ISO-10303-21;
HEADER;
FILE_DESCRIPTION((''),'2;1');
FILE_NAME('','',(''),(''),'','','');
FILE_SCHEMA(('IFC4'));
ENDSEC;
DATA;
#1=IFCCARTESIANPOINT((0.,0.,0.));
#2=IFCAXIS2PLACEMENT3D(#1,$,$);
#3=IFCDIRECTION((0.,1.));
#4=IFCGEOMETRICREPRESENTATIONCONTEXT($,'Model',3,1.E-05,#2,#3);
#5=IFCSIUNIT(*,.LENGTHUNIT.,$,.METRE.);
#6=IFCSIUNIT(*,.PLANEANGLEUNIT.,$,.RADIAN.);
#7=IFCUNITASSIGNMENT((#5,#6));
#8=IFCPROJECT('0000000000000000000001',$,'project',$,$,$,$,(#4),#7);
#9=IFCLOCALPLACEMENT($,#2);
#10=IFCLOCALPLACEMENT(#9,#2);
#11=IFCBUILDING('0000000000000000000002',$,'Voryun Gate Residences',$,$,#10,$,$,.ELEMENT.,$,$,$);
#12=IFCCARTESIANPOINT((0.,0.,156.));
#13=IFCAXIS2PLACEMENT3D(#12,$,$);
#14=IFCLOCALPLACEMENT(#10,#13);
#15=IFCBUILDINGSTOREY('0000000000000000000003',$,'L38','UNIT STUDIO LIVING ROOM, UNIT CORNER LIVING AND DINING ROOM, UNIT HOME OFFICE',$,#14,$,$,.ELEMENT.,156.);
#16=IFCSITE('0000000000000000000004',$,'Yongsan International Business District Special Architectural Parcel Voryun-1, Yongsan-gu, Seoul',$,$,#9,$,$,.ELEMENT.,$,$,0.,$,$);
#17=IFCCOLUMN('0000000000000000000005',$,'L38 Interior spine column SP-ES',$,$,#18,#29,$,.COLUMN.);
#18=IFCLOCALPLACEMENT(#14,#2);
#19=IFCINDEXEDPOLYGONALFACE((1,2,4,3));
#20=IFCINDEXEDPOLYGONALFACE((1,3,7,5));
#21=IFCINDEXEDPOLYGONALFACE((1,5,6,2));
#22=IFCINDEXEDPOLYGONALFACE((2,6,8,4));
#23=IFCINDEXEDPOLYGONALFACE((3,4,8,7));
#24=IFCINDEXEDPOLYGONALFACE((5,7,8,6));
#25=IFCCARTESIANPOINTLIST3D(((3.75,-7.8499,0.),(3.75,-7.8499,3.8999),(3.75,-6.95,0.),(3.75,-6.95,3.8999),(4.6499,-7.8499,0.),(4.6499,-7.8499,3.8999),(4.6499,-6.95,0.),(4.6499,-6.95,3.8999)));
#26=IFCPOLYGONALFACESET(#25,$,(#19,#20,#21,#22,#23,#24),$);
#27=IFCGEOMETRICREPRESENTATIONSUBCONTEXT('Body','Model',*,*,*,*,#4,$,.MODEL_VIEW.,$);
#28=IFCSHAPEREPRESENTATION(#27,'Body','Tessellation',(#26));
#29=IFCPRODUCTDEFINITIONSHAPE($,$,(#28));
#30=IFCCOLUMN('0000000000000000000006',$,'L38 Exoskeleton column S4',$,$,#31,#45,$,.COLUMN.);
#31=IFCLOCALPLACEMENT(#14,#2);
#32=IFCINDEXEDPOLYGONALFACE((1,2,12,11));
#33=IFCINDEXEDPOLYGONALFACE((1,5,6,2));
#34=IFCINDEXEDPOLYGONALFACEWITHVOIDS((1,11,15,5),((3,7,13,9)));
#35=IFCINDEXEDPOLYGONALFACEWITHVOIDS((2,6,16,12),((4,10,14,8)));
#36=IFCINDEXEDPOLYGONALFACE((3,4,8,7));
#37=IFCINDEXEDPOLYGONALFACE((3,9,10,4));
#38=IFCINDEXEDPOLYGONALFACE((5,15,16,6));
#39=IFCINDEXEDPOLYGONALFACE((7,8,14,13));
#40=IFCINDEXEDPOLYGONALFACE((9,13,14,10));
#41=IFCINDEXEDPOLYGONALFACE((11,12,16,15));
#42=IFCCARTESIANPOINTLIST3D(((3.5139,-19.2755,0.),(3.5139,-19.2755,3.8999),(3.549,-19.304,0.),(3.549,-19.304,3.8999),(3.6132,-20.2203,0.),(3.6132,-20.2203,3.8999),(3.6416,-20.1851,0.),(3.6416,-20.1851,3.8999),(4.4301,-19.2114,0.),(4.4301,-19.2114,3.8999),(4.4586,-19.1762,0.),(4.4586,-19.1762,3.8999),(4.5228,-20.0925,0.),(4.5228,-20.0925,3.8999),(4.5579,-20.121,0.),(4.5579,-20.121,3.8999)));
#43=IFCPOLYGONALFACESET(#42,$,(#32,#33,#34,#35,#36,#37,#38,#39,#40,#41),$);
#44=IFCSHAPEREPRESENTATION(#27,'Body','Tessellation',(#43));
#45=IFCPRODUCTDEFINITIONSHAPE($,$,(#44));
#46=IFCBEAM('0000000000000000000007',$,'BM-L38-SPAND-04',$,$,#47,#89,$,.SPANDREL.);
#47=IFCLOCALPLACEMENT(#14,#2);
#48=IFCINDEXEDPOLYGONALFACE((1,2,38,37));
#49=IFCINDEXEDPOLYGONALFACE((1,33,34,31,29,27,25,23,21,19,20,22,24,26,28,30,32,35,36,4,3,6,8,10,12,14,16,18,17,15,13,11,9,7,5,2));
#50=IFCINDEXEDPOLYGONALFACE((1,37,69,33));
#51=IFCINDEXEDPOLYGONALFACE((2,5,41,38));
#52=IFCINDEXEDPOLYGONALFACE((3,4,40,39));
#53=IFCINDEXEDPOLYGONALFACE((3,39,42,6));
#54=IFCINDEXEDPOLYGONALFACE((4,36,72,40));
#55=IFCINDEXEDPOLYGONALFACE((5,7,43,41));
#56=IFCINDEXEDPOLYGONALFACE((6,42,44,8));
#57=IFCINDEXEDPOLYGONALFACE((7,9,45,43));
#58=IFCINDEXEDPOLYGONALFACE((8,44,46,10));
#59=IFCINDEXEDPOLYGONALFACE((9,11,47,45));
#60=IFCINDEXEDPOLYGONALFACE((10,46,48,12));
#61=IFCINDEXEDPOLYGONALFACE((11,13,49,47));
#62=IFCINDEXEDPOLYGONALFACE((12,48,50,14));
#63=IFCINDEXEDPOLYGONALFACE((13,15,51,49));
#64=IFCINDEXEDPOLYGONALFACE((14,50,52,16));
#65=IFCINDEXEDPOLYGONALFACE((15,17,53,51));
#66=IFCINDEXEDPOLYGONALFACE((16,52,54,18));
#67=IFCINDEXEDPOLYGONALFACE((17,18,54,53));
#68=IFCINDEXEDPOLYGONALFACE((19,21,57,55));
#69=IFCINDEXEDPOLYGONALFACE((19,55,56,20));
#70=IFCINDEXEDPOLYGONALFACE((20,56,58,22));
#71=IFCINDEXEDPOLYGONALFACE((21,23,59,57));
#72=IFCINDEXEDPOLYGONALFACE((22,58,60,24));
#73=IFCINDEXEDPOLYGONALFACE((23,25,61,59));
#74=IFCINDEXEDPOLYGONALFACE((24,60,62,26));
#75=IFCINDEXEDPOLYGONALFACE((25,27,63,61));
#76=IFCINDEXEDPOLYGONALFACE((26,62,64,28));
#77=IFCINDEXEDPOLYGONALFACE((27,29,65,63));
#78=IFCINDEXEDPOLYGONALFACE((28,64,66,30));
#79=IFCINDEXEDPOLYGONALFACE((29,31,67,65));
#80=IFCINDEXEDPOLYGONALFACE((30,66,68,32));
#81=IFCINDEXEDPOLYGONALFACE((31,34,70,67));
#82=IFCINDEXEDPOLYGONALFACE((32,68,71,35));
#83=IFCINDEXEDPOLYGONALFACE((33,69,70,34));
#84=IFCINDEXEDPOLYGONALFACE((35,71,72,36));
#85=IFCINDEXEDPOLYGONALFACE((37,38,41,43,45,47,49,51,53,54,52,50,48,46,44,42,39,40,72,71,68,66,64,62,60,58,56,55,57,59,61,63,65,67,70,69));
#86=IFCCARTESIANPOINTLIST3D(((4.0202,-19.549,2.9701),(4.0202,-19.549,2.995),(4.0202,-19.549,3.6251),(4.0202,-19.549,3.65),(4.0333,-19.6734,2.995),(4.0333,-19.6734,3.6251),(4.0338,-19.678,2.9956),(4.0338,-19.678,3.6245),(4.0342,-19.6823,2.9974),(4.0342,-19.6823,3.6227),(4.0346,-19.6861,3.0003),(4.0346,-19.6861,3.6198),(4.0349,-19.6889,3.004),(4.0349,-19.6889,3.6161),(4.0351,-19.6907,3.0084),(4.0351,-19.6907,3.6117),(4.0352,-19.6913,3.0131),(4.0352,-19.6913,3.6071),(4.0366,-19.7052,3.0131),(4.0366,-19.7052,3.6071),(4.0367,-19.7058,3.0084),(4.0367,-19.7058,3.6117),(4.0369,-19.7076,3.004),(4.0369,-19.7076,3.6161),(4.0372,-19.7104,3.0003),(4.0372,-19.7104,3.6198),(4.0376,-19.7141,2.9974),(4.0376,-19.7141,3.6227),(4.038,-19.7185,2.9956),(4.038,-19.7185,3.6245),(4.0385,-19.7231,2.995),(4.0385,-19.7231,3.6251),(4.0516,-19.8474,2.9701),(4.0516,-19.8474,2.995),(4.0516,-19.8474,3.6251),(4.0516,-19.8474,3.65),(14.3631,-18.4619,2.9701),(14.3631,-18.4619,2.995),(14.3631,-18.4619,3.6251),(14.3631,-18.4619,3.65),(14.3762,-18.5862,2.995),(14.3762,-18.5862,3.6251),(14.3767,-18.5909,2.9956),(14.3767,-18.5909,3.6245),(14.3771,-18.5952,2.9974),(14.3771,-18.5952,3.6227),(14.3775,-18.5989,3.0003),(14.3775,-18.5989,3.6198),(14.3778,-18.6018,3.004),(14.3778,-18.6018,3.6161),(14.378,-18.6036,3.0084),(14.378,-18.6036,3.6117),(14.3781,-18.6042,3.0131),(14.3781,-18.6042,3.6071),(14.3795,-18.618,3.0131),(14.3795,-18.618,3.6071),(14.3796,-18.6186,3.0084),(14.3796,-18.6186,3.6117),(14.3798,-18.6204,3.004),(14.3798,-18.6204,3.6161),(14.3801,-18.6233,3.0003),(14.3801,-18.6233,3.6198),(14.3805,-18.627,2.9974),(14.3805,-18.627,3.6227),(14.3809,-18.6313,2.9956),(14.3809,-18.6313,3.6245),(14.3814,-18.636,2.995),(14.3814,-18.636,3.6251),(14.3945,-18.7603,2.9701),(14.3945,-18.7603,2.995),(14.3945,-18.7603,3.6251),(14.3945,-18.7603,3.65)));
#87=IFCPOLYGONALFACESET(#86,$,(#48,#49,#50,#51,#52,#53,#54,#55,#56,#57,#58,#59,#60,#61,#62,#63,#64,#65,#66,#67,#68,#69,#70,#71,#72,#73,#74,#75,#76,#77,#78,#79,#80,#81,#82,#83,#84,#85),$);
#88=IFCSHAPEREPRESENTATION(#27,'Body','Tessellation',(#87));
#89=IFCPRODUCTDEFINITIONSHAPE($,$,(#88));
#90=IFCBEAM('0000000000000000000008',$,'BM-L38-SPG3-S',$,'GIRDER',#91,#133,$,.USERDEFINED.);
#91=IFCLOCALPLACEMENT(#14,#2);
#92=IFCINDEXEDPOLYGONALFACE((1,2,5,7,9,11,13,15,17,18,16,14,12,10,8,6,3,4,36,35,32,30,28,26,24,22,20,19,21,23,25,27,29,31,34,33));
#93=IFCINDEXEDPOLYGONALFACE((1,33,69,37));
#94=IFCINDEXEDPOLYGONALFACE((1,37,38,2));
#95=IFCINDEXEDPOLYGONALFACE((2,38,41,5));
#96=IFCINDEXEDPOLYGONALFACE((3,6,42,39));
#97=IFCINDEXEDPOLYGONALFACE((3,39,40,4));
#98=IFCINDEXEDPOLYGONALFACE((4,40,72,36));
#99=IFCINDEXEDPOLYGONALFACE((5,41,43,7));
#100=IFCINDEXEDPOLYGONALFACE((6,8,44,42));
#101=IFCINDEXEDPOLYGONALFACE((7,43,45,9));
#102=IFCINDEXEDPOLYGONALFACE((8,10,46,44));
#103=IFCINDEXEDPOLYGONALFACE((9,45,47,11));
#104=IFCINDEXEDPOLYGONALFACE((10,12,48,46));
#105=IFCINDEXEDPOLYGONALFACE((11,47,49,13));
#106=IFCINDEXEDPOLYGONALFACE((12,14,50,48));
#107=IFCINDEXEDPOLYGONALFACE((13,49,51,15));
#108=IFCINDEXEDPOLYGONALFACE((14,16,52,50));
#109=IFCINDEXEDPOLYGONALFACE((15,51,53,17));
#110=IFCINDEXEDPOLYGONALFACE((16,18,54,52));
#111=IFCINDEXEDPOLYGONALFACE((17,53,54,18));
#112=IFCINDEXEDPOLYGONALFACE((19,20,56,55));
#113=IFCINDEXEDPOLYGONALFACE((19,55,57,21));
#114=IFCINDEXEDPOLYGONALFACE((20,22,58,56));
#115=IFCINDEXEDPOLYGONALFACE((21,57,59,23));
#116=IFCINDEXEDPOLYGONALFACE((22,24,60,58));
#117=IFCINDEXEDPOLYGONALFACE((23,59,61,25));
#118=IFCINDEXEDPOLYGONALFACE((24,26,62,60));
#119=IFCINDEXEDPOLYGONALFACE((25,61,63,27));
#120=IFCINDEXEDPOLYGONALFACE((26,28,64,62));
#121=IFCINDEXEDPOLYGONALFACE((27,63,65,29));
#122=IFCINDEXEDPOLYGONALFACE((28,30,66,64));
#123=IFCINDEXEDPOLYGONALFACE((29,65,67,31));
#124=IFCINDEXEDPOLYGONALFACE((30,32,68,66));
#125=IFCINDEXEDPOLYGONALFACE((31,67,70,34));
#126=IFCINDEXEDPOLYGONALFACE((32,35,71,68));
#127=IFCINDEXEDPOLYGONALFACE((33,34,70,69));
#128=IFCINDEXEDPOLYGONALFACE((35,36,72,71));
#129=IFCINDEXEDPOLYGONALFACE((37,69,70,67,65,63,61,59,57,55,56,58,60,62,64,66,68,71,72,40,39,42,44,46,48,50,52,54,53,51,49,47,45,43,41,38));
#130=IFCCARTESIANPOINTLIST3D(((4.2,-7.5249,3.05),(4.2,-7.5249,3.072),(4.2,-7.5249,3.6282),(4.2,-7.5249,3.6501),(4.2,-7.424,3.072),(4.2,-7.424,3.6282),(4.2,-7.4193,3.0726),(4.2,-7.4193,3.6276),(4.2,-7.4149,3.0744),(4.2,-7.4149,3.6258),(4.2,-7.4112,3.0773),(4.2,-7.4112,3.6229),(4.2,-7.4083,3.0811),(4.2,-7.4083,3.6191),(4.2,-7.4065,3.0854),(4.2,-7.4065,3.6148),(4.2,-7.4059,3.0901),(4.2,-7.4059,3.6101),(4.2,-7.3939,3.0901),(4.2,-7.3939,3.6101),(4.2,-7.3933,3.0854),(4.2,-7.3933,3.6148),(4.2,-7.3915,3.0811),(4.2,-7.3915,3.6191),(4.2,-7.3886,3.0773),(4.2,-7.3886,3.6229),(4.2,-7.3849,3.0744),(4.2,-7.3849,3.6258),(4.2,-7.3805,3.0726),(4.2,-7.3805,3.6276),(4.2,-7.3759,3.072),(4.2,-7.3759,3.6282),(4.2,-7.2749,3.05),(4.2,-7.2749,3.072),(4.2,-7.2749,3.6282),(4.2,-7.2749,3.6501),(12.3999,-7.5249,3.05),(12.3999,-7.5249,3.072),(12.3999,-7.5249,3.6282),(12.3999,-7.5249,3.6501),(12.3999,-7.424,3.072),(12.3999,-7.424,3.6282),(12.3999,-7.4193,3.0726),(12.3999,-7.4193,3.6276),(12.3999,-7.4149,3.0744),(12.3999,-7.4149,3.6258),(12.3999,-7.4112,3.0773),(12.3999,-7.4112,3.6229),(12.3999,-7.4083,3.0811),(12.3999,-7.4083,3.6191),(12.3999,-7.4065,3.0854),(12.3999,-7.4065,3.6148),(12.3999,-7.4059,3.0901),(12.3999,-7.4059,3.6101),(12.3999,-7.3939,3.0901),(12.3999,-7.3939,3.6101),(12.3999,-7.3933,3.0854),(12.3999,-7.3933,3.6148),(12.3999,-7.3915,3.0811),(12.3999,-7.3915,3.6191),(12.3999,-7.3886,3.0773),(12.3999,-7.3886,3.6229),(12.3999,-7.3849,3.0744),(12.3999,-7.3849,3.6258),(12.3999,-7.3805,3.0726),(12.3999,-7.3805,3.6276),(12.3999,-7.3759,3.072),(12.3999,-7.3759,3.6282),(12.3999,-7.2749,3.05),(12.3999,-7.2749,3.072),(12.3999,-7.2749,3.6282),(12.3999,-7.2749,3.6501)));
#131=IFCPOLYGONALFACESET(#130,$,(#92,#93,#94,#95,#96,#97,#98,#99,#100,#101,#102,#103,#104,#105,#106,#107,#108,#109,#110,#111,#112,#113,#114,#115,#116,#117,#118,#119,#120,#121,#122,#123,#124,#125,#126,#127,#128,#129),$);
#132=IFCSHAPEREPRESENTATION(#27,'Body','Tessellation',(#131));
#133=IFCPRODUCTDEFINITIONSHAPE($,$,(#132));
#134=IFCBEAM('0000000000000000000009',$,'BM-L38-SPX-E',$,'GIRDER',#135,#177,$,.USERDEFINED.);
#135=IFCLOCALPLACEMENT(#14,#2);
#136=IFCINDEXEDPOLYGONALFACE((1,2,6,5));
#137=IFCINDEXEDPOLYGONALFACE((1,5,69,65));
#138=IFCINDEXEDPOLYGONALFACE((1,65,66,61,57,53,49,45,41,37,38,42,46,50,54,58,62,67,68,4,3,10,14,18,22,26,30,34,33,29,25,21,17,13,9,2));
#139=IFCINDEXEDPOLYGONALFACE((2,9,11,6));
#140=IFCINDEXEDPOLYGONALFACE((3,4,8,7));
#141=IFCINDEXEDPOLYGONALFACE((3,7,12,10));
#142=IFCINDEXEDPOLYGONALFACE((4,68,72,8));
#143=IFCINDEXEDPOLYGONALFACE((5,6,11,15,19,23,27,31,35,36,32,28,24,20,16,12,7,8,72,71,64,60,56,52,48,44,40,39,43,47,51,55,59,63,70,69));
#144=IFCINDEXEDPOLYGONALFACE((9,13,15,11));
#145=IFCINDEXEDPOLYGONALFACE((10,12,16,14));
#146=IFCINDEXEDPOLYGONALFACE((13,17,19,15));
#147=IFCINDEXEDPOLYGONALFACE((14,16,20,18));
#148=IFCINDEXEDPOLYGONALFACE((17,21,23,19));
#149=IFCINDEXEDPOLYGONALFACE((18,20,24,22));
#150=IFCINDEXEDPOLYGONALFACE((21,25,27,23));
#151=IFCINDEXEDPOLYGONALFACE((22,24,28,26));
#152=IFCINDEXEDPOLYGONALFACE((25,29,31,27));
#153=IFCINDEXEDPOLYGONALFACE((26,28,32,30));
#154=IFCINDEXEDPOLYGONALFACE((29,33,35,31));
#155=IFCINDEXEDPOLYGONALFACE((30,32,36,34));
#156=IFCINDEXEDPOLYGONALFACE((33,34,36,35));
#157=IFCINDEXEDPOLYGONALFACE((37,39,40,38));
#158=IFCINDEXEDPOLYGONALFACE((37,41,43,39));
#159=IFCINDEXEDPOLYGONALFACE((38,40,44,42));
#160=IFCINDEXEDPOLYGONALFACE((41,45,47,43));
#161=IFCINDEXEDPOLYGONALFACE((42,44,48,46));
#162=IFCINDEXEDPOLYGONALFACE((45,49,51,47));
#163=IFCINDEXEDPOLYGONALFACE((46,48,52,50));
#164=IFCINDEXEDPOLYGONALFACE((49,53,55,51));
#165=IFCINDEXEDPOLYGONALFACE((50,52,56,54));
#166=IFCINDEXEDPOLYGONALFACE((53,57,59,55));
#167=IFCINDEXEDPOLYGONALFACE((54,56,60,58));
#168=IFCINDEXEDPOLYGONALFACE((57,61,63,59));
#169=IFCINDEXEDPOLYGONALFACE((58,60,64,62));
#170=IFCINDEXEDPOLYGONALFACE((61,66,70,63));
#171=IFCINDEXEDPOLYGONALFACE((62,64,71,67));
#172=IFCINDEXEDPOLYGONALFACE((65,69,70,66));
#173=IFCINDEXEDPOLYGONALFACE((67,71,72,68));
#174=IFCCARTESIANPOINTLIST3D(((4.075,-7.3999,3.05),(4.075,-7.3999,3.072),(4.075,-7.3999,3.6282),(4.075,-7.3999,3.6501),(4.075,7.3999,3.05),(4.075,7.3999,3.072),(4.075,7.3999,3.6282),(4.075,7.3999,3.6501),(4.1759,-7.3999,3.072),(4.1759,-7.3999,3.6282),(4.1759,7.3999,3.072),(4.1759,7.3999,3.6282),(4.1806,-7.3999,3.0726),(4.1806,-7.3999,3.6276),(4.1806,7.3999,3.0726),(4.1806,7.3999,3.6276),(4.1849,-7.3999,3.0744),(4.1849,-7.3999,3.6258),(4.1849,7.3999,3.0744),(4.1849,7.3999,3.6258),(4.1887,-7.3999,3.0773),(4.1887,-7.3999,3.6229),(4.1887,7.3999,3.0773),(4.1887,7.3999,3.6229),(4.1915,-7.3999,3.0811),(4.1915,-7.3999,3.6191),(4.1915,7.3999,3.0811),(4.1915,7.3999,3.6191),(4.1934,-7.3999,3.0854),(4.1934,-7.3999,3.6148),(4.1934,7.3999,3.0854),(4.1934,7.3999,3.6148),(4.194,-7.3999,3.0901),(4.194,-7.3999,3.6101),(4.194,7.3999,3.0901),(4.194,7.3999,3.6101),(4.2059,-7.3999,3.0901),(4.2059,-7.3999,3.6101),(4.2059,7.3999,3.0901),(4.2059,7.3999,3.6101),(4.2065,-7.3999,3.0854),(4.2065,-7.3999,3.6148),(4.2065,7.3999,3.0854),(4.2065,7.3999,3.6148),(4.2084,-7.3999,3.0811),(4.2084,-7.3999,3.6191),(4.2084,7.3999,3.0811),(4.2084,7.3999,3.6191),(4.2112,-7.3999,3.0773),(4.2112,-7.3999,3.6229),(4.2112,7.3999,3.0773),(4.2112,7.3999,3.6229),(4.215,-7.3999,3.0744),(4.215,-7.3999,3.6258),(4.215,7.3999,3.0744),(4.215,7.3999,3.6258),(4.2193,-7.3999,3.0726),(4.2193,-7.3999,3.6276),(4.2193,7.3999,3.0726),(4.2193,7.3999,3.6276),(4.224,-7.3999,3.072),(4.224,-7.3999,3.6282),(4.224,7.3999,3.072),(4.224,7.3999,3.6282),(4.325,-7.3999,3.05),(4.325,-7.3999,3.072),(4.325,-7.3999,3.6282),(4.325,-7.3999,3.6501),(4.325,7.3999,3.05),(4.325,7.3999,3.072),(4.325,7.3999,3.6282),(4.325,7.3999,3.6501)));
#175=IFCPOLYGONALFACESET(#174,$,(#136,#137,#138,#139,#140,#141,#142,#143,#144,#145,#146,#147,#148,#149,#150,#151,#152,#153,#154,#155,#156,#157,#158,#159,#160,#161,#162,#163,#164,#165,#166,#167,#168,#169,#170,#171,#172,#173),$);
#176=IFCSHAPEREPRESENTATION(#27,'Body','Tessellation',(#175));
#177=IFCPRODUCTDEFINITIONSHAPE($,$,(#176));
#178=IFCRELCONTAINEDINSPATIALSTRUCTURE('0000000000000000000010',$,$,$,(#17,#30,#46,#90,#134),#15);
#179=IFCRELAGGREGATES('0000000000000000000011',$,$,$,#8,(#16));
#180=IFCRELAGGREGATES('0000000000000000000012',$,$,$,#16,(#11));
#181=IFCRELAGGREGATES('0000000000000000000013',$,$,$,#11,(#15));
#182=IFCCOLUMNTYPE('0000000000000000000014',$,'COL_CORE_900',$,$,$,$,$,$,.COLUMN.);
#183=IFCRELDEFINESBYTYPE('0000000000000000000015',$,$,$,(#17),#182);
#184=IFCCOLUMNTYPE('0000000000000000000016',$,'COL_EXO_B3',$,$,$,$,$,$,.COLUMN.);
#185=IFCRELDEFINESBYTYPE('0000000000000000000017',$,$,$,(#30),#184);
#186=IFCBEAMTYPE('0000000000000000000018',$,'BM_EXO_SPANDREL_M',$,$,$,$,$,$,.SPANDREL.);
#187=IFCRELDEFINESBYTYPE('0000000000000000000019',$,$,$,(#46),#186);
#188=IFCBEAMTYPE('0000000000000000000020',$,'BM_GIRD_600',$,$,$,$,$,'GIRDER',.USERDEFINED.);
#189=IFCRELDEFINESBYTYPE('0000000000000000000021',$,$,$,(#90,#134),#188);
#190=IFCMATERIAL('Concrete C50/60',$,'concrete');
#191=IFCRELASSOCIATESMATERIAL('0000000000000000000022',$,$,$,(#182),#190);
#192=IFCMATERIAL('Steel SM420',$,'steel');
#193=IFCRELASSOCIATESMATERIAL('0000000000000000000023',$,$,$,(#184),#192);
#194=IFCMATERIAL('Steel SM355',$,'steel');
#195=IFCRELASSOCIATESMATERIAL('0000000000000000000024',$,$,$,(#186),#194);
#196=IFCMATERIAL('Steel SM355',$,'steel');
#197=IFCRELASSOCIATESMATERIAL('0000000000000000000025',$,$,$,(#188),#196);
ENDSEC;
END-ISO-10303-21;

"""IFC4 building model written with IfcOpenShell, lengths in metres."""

from ifc_helpers import new_model, si_unit, direction, frame, origin, origin_2d, place, context, subcontext, project, spatial, rectangle, hollow_rectangle, i_section, extrude, material, material_profile, profile_set, type_object, element, save


model = new_model("IFC4")

# Units and contexts
model_context = context("Model", 3, precision=1e-05, world=origin(), true_north=direction((0.0, 1.0)))
body_context = subcontext(model_context, "Body", "Model", "MODEL_VIEW")
ifc_project = project(units=[si_unit("LENGTHUNIT", "METRE"), si_unit("PLANEANGLEUNIT", "RADIAN")], contexts=[model_context])

# Site, building, storey
site_placement = place(None, origin())
site = spatial("IfcSite", under=ifc_project, at=site_placement, Name="Yongsan International Business District Special Architectural Parcel Voryun-1, Yongsan-gu, Seoul", CompositionType="ELEMENT", RefElevation=0.0)
building_placement = place(site_placement, origin())
building = spatial("IfcBuilding", under=site, at=building_placement, Name="Voryun Gate Residences", CompositionType="ELEMENT")
storey_placement = place(building_placement, frame((0.0, 0.0, 156.0)))
storey = spatial("IfcBuildingStorey", under=building, at=storey_placement, Name="L38", Description="UNIT STUDIO LIVING ROOM, UNIT CORNER LIVING AND DINING ROOM, UNIT HOME OFFICE", CompositionType="ELEMENT", Elevation=156.0)

# Columns
ifc_material_1 = material(Name="Concrete C50/60", Category="concrete")
ifc_material_profile_1 = material_profile(ifc_material_1, rectangle(XDim=0.8999, YDim=0.8999, at=origin_2d()), Name="RC-900x900")
ifc_profile_set_1 = profile_set([ifc_material_profile_1], Name="Concrete C50/60")
column_type_1 = type_object("IfcColumnType", Name="COL_CORE_900", PredefinedType="COLUMN", material=ifc_profile_set_1)
column_1_placement = place(storey_placement, frame((4.2, -7.3999, 0.0), z_axis=(0.0, 0.0, 1.0), x_axis=(1.0, 0.0, 0.0)))
element("IfcColumn", 1, at=column_1_placement, inside=storey, type_object=column_type_1, Name="L38 Interior spine column SP-ES", PredefinedType="COLUMN", context=body_context, shape_type="SweptSolid", body=[
    extrude(rectangle(XDim=0.8999, YDim=0.8999, at=origin_2d()), origin(), (0.0, 0.0, 1.0), 3.8999),
])
ifc_material_2 = material(Name="Steel SM420", Category="steel")
ifc_material_profile_2 = material_profile(ifc_material_2, hollow_rectangle(XDim=0.95, YDim=0.95, WallThickness=0.032, at=origin_2d()), Name="BOX-950x950x32")
ifc_profile_set_2 = profile_set([ifc_material_profile_2], Name="Steel SM420")
column_type_2 = type_object("IfcColumnType", Name="COL_EXO_B3", PredefinedType="COLUMN", material=ifc_profile_set_2)
column_2_placement = place(storey_placement, frame((4.0359, -19.6982, 0.0), z_axis=(0.0, 0.0, 1.0), x_axis=(0.994522, 0.104528, 0.0)))
element("IfcColumn", 2, at=column_2_placement, inside=storey, type_object=column_type_2, Name="L38 Exoskeleton column S4", PredefinedType="COLUMN", context=body_context, shape_type="SweptSolid", body=[
    extrude(hollow_rectangle(XDim=0.95, YDim=0.95, WallThickness=0.032, at=origin_2d()), origin(), (0.0, 0.0, 1.0), 3.8999),
])

# Beams
ifc_material_3 = material(Name="Steel SM355", Category="steel")
ifc_material_profile_3 = material_profile(ifc_material_3, i_section(OverallWidth=0.3, OverallDepth=0.6799, WebThickness=0.0139, FlangeThickness=0.0249, FilletRadius=0.0181, at=origin_2d()), Name="H-680x300x14x25")
ifc_profile_set_3 = profile_set([ifc_material_profile_3], Name="Steel SM355")
beam_type_1 = type_object("IfcBeamType", Name="BM_EXO_SPANDREL_M", PredefinedType="SPANDREL", material=ifc_profile_set_3)
beam_1_placement = place(storey_placement, frame((4.0359, -19.6982, 3.3101), z_axis=(0.994521, 0.104534, 0.0), x_axis=(-0.104534, 0.994521, 0.0)))
element("IfcBeam", 3, at=beam_1_placement, inside=storey, type_object=beam_type_1, Name="BM-L38-SPAND-04", PredefinedType="SPANDREL", context=body_context, shape_type="SweptSolid", body=[
    extrude(i_section(OverallWidth=0.3, OverallDepth=0.6799, WebThickness=0.0139, FlangeThickness=0.0249, FilletRadius=0.0181, at=origin_2d()), origin(), (0.0, 0.0, 1.0), 10.3999),
])
ifc_material_4 = material(Name="Steel SM355", Category="steel")
ifc_material_profile_4 = material_profile(ifc_material_4, i_section(OverallWidth=0.25, OverallDepth=0.6001, WebThickness=0.012, FlangeThickness=0.022, FilletRadius=0.0181, at=origin_2d()), Name="H-600x250x12x22")
ifc_profile_set_4 = profile_set([ifc_material_profile_4], Name="Steel SM355")
beam_type_2 = type_object("IfcBeamType", Name="BM_GIRD_600", ElementType="GIRDER", PredefinedType="USERDEFINED", material=ifc_profile_set_4)
beam_2_placement = place(storey_placement, frame((4.2, -7.3999, 3.3501), z_axis=(1.0, 0.0, 0.0), x_axis=(0.0, 1.0, 0.0)))
element("IfcBeam", 4, at=beam_2_placement, inside=storey, type_object=beam_type_2, Name="BM-L38-SPG3-S", ObjectType="GIRDER", PredefinedType="USERDEFINED", context=body_context, shape_type="SweptSolid", body=[
    extrude(i_section(OverallWidth=0.25, OverallDepth=0.6001, WebThickness=0.012, FlangeThickness=0.022, FilletRadius=0.0181, at=origin_2d()), origin(), (0.0, 0.0, 1.0), 8.2),
])
beam_3_placement = place(storey_placement, frame((4.2, -7.3999, 3.3501), z_axis=(0.0, 1.0, 0.0), x_axis=(-1.0, 0.0, 0.0)))
element("IfcBeam", 5, at=beam_3_placement, inside=storey, type_object=beam_type_2, Name="BM-L38-SPX-E", ObjectType="GIRDER", PredefinedType="USERDEFINED", context=body_context, shape_type="SweptSolid", body=[
    extrude(i_section(OverallWidth=0.25, OverallDepth=0.6001, WebThickness=0.012, FlangeThickness=0.022, FilletRadius=0.0181, at=origin_2d()), origin(), (0.0, 0.0, 1.0), 14.7998),
])

save(model, "model.ifc")
